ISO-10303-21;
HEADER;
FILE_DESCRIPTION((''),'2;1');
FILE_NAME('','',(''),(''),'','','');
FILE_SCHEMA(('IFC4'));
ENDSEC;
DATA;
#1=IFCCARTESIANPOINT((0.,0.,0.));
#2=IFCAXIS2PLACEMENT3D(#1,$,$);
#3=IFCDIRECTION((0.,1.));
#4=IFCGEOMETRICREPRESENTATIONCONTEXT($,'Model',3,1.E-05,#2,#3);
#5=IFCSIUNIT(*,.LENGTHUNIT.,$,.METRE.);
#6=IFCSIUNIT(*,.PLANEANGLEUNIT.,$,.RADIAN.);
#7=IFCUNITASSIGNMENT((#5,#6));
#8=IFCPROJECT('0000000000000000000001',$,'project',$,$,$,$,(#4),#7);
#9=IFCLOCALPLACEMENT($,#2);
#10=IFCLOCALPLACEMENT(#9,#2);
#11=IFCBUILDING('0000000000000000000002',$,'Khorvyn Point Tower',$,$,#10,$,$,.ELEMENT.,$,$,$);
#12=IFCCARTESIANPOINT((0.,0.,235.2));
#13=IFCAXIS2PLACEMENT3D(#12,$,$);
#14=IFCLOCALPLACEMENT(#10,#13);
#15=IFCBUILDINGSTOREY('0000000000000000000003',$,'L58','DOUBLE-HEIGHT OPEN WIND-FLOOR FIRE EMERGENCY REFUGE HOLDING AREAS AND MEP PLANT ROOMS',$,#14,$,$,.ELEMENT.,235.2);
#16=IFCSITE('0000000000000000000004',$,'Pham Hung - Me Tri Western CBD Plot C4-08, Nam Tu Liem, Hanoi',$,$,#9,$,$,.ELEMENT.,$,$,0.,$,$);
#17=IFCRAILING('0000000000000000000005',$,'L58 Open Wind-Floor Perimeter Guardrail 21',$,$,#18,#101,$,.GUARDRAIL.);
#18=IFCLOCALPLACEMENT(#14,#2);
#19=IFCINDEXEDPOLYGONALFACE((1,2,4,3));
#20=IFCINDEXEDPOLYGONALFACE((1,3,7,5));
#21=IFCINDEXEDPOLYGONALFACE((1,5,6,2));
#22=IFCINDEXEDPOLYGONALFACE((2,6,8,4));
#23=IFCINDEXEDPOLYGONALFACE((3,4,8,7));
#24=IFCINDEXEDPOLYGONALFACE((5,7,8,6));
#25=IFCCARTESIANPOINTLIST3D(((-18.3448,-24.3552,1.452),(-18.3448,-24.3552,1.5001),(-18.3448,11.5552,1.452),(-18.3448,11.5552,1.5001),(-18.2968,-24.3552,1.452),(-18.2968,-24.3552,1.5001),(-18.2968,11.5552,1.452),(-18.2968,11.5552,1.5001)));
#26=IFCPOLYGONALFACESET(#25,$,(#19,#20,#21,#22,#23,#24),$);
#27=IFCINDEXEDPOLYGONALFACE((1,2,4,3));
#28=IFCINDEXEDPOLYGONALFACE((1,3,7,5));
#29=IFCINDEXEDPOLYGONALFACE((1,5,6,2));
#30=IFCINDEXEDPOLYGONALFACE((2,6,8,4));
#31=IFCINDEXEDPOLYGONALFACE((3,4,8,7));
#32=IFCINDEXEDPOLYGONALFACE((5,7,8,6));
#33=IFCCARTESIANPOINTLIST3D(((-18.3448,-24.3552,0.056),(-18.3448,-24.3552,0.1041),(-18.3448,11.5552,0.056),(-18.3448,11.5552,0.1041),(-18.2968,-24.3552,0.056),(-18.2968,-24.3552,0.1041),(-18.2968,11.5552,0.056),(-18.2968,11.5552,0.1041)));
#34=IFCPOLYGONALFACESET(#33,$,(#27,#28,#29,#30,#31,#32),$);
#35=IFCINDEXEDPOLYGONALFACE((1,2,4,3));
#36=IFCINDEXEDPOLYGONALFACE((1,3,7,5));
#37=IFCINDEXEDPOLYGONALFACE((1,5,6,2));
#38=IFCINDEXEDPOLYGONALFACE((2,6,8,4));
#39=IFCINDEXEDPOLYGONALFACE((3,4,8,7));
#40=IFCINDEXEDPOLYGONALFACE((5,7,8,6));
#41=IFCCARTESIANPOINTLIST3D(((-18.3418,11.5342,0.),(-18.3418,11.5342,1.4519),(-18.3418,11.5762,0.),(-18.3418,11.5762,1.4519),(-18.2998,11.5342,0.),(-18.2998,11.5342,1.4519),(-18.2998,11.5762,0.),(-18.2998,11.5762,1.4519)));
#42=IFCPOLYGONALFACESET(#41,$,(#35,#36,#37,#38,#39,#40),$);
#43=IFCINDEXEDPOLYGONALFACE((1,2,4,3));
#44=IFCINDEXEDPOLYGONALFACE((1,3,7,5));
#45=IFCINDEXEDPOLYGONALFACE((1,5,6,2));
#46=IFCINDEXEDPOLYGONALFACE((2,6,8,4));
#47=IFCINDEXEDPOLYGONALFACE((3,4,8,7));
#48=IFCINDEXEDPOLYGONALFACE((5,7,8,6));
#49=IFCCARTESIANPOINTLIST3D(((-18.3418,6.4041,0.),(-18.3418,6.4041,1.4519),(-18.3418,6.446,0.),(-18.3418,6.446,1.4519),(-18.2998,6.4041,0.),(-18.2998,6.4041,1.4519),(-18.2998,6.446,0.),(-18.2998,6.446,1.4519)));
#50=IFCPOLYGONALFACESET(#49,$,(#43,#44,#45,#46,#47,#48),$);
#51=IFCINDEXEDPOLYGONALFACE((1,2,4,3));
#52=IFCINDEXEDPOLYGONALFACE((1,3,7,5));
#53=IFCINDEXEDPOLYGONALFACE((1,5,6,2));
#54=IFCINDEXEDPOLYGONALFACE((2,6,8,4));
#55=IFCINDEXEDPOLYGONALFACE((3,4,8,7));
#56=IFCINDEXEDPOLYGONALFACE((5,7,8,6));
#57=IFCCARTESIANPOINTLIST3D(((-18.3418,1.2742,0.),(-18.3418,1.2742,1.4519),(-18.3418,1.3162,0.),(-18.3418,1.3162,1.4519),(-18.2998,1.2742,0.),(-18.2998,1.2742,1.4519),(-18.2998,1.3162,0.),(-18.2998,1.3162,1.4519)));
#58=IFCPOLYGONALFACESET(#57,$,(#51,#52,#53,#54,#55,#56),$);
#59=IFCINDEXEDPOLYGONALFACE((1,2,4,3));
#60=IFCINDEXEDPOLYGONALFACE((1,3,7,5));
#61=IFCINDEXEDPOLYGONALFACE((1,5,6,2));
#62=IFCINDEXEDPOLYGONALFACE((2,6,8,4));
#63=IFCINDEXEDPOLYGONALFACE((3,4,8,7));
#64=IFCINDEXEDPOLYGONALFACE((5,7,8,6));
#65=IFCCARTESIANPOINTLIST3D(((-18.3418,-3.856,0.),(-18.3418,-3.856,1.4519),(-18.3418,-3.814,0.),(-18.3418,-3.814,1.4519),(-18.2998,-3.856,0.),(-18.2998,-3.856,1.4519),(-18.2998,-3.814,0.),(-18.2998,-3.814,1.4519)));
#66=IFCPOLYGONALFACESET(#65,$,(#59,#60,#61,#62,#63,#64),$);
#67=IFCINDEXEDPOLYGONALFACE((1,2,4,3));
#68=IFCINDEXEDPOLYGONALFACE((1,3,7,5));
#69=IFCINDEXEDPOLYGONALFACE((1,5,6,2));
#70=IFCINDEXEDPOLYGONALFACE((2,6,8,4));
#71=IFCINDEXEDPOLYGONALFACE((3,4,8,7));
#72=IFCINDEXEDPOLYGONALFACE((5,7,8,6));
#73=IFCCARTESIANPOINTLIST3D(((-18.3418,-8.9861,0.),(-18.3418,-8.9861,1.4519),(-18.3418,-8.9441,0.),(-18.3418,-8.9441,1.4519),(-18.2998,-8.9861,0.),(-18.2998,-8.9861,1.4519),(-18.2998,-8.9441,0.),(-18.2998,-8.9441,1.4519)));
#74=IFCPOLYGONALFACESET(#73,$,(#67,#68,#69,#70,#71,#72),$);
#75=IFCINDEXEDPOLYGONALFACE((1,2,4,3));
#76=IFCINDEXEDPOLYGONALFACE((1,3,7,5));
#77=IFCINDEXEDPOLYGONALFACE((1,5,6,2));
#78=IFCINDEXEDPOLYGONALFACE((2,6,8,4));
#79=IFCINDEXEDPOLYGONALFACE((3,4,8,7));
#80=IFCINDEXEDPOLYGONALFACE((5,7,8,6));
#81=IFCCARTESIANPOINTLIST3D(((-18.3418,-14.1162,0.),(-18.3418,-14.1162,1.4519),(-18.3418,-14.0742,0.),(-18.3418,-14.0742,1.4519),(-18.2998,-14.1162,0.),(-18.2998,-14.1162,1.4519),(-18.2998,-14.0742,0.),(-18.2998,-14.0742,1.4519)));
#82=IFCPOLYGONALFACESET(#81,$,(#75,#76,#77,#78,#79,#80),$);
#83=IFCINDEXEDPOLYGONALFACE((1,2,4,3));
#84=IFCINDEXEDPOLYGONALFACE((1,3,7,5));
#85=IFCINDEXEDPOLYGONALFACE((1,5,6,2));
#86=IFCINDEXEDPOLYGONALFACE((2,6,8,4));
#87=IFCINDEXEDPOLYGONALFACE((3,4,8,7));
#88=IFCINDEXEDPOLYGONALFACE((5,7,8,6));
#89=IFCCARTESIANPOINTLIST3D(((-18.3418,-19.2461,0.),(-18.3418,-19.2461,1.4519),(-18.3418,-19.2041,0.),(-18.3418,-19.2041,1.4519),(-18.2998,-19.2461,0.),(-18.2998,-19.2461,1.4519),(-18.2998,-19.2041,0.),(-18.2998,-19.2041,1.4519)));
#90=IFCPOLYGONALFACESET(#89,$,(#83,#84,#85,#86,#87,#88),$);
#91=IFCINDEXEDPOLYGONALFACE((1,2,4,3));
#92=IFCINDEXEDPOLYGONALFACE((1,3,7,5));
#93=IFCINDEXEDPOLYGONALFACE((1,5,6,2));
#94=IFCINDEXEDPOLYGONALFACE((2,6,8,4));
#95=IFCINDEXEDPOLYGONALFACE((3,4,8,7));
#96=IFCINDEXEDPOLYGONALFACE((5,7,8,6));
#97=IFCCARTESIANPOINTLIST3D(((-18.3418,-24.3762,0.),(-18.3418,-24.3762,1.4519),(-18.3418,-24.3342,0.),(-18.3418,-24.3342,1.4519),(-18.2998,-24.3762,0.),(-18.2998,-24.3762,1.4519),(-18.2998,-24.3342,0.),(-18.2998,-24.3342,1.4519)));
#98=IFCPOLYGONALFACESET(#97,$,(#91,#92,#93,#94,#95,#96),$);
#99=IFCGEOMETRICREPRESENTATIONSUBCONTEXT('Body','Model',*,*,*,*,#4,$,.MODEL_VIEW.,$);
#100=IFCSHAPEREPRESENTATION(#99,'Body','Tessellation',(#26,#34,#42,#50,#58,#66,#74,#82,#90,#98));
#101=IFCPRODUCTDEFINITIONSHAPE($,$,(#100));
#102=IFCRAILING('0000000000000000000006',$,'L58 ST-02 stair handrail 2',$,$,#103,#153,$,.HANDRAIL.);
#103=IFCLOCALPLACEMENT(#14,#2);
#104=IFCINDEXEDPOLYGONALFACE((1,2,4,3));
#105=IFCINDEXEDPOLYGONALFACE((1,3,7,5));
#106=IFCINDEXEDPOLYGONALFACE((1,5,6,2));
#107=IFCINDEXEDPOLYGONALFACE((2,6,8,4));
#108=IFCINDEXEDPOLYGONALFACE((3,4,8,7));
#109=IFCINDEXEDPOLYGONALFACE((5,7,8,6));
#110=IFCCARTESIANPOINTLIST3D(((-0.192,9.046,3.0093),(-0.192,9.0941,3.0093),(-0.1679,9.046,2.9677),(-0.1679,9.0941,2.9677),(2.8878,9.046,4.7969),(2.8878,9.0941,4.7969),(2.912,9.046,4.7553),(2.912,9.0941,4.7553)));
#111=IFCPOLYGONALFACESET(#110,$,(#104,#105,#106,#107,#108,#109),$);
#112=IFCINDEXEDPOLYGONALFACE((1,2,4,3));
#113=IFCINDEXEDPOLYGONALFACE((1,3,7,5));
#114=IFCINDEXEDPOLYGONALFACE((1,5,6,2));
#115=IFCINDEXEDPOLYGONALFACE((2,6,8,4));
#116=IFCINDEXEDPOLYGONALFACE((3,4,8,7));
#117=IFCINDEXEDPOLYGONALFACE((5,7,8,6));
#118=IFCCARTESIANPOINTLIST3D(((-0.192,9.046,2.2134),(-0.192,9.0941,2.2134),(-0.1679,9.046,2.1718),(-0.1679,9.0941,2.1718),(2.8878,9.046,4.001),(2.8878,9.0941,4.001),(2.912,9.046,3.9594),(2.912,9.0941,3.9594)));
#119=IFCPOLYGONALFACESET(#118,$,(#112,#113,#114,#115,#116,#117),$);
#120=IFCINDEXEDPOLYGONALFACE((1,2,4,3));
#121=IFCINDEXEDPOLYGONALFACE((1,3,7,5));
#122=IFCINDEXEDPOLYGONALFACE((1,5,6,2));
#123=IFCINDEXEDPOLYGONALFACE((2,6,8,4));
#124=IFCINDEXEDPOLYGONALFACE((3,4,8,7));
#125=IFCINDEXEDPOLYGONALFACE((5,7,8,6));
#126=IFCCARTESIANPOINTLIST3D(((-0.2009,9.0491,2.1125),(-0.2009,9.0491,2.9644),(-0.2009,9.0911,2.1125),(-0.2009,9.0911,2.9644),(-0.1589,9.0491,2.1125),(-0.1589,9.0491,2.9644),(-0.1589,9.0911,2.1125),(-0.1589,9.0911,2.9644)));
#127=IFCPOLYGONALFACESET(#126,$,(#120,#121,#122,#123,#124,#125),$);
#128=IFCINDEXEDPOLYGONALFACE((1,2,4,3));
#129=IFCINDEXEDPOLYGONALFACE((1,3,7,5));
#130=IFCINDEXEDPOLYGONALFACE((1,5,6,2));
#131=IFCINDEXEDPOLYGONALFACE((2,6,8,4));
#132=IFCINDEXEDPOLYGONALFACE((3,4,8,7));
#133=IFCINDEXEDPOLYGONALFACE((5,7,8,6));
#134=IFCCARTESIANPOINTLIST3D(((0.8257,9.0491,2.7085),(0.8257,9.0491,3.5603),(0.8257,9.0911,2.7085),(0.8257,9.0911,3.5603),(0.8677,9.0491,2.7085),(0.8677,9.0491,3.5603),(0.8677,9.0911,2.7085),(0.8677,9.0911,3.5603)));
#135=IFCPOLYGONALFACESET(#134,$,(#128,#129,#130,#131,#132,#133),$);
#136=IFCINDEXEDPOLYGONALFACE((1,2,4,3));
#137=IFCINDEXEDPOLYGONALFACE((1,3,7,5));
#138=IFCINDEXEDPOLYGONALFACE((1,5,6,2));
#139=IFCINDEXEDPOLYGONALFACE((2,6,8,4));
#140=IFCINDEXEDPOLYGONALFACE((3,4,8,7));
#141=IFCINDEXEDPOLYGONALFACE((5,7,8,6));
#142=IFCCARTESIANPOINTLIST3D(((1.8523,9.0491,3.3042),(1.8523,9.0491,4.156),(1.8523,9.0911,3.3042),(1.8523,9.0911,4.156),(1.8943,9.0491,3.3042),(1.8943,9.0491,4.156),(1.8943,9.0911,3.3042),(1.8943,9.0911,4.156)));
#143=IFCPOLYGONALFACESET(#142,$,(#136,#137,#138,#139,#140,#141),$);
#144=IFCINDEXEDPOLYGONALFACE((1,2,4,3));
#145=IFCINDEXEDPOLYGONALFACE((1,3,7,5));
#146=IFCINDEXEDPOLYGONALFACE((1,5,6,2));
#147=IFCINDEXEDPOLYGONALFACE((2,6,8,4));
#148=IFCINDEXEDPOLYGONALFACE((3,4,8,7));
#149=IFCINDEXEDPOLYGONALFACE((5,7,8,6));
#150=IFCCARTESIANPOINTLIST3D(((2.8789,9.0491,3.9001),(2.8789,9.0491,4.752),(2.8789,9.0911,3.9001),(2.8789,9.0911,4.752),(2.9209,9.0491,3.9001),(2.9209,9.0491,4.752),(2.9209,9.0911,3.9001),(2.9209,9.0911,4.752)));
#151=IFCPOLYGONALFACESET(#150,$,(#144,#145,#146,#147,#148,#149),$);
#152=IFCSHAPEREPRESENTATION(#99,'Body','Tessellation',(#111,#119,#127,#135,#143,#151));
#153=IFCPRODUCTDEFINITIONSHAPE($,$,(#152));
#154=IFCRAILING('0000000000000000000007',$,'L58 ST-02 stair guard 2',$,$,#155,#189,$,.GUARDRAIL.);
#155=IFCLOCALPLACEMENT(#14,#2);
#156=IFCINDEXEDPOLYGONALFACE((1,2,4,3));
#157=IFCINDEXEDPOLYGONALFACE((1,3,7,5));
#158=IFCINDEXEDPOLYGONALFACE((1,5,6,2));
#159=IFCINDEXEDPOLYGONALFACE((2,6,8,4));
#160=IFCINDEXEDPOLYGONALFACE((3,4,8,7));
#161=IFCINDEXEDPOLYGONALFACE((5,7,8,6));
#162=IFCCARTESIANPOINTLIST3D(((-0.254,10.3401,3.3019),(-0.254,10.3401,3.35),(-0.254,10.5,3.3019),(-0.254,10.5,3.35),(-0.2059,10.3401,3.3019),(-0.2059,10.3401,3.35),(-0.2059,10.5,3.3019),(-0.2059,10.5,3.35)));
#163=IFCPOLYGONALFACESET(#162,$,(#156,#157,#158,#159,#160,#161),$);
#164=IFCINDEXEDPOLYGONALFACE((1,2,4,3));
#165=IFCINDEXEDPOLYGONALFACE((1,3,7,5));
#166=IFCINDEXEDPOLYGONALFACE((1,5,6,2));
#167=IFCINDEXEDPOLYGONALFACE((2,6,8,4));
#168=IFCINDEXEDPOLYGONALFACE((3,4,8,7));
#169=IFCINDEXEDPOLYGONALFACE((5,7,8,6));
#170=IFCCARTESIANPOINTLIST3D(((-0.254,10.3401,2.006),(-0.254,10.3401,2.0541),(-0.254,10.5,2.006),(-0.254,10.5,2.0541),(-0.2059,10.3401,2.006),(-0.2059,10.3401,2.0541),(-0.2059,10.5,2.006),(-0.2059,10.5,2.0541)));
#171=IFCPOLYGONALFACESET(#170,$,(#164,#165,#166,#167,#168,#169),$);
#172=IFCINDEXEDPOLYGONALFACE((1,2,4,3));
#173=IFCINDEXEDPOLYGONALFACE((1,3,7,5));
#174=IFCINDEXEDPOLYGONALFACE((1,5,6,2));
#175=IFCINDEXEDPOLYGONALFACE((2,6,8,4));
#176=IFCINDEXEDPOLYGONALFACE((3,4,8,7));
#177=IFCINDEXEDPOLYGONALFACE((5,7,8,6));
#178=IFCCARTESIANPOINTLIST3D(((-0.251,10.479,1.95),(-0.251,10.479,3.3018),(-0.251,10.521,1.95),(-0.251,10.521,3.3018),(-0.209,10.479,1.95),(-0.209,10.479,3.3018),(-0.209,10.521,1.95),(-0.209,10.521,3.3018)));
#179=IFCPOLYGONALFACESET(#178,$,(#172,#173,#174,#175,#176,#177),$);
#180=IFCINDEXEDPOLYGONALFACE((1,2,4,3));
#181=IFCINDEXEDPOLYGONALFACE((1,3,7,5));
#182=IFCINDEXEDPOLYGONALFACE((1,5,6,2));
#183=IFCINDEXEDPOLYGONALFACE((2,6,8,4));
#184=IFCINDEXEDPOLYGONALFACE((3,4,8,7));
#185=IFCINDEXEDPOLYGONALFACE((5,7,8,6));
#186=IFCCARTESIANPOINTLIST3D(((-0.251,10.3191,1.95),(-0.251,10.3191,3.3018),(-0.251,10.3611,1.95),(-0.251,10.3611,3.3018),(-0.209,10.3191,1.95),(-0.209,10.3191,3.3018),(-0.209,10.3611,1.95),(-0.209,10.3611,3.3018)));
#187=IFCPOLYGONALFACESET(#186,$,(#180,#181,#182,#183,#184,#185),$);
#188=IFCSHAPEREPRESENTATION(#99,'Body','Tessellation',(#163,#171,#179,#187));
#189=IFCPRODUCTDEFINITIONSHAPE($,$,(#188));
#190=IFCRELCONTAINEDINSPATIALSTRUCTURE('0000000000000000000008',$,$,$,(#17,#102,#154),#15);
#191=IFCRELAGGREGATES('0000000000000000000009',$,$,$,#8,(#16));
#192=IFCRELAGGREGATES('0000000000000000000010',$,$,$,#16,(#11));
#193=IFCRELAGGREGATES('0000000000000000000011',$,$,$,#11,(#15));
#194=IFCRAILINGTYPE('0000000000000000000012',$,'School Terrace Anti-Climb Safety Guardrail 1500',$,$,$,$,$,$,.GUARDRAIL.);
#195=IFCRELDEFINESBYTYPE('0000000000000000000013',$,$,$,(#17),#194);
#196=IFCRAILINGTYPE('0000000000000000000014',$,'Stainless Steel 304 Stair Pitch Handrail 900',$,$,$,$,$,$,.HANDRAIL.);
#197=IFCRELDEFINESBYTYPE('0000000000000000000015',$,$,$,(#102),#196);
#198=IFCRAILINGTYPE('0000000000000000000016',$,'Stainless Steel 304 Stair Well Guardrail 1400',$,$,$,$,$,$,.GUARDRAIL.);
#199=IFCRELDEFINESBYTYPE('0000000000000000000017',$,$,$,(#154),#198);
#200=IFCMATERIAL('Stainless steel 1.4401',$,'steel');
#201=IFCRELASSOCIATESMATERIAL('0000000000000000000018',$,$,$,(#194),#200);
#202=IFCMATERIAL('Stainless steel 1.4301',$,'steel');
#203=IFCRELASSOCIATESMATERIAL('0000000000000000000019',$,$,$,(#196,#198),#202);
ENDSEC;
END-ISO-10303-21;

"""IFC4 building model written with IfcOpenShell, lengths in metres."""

from ifc_helpers import new_model, si_unit, direction, frame, origin, origin_2d, place, context, subcontext, project, spatial, rectangle, extrude, material, type_object, element, save


model = new_model("IFC4")

# Units and contexts
model_context = context("Model", 3, precision=1e-05, world=origin(), true_north=direction((0.0, 1.0)))
body_context = subcontext(model_context, "Body", "Model", "MODEL_VIEW")
ifc_project = project(units=[si_unit("LENGTHUNIT", "METRE"), si_unit("PLANEANGLEUNIT", "RADIAN")], contexts=[model_context])

# Site, building, storey
site_placement = place(None, origin())
site = spatial("IfcSite", under=ifc_project, at=site_placement, Name="Pham Hung - Me Tri Western CBD Plot C4-08, Nam Tu Liem, Hanoi", CompositionType="ELEMENT", RefElevation=0.0)
building_placement = place(site_placement, origin())
building = spatial("IfcBuilding", under=site, at=building_placement, Name="Khorvyn Point Tower", CompositionType="ELEMENT")
storey_placement = place(building_placement, frame((0.0, 0.0, 235.2)))
storey = spatial("IfcBuildingStorey", under=building, at=storey_placement, Name="L58", Description="DOUBLE-HEIGHT OPEN WIND-FLOOR FIRE EMERGENCY REFUGE HOLDING AREAS AND MEP PLANT ROOMS", CompositionType="ELEMENT", Elevation=235.2)

# Railings
ifc_material_1 = material(Name="Stainless steel 1.4401", Category="steel")
railing_type_1 = type_object("IfcRailingType", Name="School Terrace Anti-Climb Safety Guardrail 1500", PredefinedType="GUARDRAIL", material=ifc_material_1)
railing_1_placement = place(storey_placement, frame((-18.3208, 11.5552, 0.0)))
element("IfcRailing", 1, at=railing_1_placement, inside=storey, type_object=railing_type_1, Name="L58 Open Wind-Floor Perimeter Guardrail 21", PredefinedType="GUARDRAIL", context=body_context, shape_type="SweptSolid", body=[
    extrude(rectangle(XDim=0.0481, YDim=0.0481, at=origin_2d()), frame((0.0, 0.0, 1.4761), z_axis=(0.0, -1.0, 0.0), x_axis=(1.0, 0.0, 0.0)), (0.0, 0.0, 1.0), 35.9104),
    extrude(rectangle(XDim=0.0481, YDim=0.0481, at=origin_2d()), frame((0.0, 0.0, 0.0801), z_axis=(0.0, -1.0, 0.0), x_axis=(1.0, 0.0, 0.0)), (0.0, 0.0, 1.0), 35.9104),
    extrude(rectangle(XDim=0.042, YDim=0.042, at=origin_2d()), origin(), (0.0, 0.0, 1.0), 1.4519),
    extrude(rectangle(XDim=0.042, YDim=0.042, at=origin_2d()), frame((0.0, -5.1301, 0.0)), (0.0, 0.0, 1.0), 1.4519),
    extrude(rectangle(XDim=0.042, YDim=0.042, at=origin_2d()), frame((0.0, -10.26, 0.0)), (0.0, 0.0, 1.0), 1.4519),
    extrude(rectangle(XDim=0.042, YDim=0.042, at=origin_2d()), frame((0.0, -15.3901, 0.0)), (0.0, 0.0, 1.0), 1.4519),
    extrude(rectangle(XDim=0.042, YDim=0.042, at=origin_2d()), frame((0.0, -20.5203, 0.0)), (0.0, 0.0, 1.0), 1.4519),
    extrude(rectangle(XDim=0.042, YDim=0.042, at=origin_2d()), frame((0.0, -25.6504, 0.0)), (0.0, 0.0, 1.0), 1.4519),
    extrude(rectangle(XDim=0.042, YDim=0.042, at=origin_2d()), frame((0.0, -30.7803, 0.0)), (0.0, 0.0, 1.0), 1.4519),
    extrude(rectangle(XDim=0.042, YDim=0.042, at=origin_2d()), frame((0.0, -35.9104, 0.0)), (0.0, 0.0, 1.0), 1.4519),
])
ifc_material_2 = material(Name="Stainless steel 1.4301", Category="steel")
railing_type_2 = type_object("IfcRailingType", Name="Stainless Steel 304 Stair Pitch Handrail 900", PredefinedType="HANDRAIL", material=ifc_material_2)
railing_2_placement = place(storey_placement, frame((-0.1799, 9.0701, 2.1125)))
element("IfcRailing", 2, at=railing_2_placement, inside=storey, type_object=railing_type_2, Name="L58 ST-02 stair handrail 2", PredefinedType="HANDRAIL", context=body_context, shape_type="SweptSolid", body=[
    extrude(rectangle(XDim=0.0481, YDim=0.0481, at=origin_2d()), frame((0.0, 0.0, 0.876), z_axis=(0.864873, 0.0, 0.50199), x_axis=(0.0, 1.0, 0.0)), (0.0, 0.0, 1.0), 3.561),
    extrude(rectangle(XDim=0.0481, YDim=0.0481, at=origin_2d()), frame((0.0, 0.0, 0.0801), z_axis=(0.864873, 0.0, 0.50199), x_axis=(0.0, 1.0, 0.0)), (0.0, 0.0, 1.0), 3.561),
    extrude(rectangle(XDim=0.042, YDim=0.042, at=origin_2d()), origin(), (0.0, 0.0, 1.0), 0.8518),
    extrude(rectangle(XDim=0.042, YDim=0.042, at=origin_2d()), frame((1.0266, 0.0, 0.5959)), (0.0, 0.0, 1.0), 0.8518),
    extrude(rectangle(XDim=0.042, YDim=0.042, at=origin_2d()), frame((2.0532, 0.0, 1.1917)), (0.0, 0.0, 1.0), 0.8518),
    extrude(rectangle(XDim=0.042, YDim=0.042, at=origin_2d()), frame((3.0798, 0.0, 1.7876)), (0.0, 0.0, 1.0), 0.8518),
])
railing_type_3 = type_object("IfcRailingType", Name="Stainless Steel 304 Stair Well Guardrail 1400", PredefinedType="GUARDRAIL", material=ifc_material_2)
railing_3_placement = place(storey_placement, frame((-0.23, 10.5, 1.95)))
element("IfcRailing", 3, at=railing_3_placement, inside=storey, type_object=railing_type_3, Name="L58 ST-02 stair guard 2", PredefinedType="GUARDRAIL", context=body_context, shape_type="SweptSolid", body=[
    extrude(rectangle(XDim=0.0481, YDim=0.0481, at=origin_2d()), frame((0.0, 0.0, 1.376), z_axis=(0.0, -1.0, 0.0), x_axis=(1.0, 0.0, 0.0)), (0.0, 0.0, 1.0), 0.1599),
    extrude(rectangle(XDim=0.0481, YDim=0.0481, at=origin_2d()), frame((0.0, 0.0, 0.0801), z_axis=(0.0, -1.0, 0.0), x_axis=(1.0, 0.0, 0.0)), (0.0, 0.0, 1.0), 0.1599),
    extrude(rectangle(XDim=0.042, YDim=0.042, at=origin_2d()), origin(), (0.0, 0.0, 1.0), 1.3518),
    extrude(rectangle(XDim=0.042, YDim=0.042, at=origin_2d()), frame((0.0, -0.1599, 0.0)), (0.0, 0.0, 1.0), 1.3518),
])

save(model, "model.ifc")
